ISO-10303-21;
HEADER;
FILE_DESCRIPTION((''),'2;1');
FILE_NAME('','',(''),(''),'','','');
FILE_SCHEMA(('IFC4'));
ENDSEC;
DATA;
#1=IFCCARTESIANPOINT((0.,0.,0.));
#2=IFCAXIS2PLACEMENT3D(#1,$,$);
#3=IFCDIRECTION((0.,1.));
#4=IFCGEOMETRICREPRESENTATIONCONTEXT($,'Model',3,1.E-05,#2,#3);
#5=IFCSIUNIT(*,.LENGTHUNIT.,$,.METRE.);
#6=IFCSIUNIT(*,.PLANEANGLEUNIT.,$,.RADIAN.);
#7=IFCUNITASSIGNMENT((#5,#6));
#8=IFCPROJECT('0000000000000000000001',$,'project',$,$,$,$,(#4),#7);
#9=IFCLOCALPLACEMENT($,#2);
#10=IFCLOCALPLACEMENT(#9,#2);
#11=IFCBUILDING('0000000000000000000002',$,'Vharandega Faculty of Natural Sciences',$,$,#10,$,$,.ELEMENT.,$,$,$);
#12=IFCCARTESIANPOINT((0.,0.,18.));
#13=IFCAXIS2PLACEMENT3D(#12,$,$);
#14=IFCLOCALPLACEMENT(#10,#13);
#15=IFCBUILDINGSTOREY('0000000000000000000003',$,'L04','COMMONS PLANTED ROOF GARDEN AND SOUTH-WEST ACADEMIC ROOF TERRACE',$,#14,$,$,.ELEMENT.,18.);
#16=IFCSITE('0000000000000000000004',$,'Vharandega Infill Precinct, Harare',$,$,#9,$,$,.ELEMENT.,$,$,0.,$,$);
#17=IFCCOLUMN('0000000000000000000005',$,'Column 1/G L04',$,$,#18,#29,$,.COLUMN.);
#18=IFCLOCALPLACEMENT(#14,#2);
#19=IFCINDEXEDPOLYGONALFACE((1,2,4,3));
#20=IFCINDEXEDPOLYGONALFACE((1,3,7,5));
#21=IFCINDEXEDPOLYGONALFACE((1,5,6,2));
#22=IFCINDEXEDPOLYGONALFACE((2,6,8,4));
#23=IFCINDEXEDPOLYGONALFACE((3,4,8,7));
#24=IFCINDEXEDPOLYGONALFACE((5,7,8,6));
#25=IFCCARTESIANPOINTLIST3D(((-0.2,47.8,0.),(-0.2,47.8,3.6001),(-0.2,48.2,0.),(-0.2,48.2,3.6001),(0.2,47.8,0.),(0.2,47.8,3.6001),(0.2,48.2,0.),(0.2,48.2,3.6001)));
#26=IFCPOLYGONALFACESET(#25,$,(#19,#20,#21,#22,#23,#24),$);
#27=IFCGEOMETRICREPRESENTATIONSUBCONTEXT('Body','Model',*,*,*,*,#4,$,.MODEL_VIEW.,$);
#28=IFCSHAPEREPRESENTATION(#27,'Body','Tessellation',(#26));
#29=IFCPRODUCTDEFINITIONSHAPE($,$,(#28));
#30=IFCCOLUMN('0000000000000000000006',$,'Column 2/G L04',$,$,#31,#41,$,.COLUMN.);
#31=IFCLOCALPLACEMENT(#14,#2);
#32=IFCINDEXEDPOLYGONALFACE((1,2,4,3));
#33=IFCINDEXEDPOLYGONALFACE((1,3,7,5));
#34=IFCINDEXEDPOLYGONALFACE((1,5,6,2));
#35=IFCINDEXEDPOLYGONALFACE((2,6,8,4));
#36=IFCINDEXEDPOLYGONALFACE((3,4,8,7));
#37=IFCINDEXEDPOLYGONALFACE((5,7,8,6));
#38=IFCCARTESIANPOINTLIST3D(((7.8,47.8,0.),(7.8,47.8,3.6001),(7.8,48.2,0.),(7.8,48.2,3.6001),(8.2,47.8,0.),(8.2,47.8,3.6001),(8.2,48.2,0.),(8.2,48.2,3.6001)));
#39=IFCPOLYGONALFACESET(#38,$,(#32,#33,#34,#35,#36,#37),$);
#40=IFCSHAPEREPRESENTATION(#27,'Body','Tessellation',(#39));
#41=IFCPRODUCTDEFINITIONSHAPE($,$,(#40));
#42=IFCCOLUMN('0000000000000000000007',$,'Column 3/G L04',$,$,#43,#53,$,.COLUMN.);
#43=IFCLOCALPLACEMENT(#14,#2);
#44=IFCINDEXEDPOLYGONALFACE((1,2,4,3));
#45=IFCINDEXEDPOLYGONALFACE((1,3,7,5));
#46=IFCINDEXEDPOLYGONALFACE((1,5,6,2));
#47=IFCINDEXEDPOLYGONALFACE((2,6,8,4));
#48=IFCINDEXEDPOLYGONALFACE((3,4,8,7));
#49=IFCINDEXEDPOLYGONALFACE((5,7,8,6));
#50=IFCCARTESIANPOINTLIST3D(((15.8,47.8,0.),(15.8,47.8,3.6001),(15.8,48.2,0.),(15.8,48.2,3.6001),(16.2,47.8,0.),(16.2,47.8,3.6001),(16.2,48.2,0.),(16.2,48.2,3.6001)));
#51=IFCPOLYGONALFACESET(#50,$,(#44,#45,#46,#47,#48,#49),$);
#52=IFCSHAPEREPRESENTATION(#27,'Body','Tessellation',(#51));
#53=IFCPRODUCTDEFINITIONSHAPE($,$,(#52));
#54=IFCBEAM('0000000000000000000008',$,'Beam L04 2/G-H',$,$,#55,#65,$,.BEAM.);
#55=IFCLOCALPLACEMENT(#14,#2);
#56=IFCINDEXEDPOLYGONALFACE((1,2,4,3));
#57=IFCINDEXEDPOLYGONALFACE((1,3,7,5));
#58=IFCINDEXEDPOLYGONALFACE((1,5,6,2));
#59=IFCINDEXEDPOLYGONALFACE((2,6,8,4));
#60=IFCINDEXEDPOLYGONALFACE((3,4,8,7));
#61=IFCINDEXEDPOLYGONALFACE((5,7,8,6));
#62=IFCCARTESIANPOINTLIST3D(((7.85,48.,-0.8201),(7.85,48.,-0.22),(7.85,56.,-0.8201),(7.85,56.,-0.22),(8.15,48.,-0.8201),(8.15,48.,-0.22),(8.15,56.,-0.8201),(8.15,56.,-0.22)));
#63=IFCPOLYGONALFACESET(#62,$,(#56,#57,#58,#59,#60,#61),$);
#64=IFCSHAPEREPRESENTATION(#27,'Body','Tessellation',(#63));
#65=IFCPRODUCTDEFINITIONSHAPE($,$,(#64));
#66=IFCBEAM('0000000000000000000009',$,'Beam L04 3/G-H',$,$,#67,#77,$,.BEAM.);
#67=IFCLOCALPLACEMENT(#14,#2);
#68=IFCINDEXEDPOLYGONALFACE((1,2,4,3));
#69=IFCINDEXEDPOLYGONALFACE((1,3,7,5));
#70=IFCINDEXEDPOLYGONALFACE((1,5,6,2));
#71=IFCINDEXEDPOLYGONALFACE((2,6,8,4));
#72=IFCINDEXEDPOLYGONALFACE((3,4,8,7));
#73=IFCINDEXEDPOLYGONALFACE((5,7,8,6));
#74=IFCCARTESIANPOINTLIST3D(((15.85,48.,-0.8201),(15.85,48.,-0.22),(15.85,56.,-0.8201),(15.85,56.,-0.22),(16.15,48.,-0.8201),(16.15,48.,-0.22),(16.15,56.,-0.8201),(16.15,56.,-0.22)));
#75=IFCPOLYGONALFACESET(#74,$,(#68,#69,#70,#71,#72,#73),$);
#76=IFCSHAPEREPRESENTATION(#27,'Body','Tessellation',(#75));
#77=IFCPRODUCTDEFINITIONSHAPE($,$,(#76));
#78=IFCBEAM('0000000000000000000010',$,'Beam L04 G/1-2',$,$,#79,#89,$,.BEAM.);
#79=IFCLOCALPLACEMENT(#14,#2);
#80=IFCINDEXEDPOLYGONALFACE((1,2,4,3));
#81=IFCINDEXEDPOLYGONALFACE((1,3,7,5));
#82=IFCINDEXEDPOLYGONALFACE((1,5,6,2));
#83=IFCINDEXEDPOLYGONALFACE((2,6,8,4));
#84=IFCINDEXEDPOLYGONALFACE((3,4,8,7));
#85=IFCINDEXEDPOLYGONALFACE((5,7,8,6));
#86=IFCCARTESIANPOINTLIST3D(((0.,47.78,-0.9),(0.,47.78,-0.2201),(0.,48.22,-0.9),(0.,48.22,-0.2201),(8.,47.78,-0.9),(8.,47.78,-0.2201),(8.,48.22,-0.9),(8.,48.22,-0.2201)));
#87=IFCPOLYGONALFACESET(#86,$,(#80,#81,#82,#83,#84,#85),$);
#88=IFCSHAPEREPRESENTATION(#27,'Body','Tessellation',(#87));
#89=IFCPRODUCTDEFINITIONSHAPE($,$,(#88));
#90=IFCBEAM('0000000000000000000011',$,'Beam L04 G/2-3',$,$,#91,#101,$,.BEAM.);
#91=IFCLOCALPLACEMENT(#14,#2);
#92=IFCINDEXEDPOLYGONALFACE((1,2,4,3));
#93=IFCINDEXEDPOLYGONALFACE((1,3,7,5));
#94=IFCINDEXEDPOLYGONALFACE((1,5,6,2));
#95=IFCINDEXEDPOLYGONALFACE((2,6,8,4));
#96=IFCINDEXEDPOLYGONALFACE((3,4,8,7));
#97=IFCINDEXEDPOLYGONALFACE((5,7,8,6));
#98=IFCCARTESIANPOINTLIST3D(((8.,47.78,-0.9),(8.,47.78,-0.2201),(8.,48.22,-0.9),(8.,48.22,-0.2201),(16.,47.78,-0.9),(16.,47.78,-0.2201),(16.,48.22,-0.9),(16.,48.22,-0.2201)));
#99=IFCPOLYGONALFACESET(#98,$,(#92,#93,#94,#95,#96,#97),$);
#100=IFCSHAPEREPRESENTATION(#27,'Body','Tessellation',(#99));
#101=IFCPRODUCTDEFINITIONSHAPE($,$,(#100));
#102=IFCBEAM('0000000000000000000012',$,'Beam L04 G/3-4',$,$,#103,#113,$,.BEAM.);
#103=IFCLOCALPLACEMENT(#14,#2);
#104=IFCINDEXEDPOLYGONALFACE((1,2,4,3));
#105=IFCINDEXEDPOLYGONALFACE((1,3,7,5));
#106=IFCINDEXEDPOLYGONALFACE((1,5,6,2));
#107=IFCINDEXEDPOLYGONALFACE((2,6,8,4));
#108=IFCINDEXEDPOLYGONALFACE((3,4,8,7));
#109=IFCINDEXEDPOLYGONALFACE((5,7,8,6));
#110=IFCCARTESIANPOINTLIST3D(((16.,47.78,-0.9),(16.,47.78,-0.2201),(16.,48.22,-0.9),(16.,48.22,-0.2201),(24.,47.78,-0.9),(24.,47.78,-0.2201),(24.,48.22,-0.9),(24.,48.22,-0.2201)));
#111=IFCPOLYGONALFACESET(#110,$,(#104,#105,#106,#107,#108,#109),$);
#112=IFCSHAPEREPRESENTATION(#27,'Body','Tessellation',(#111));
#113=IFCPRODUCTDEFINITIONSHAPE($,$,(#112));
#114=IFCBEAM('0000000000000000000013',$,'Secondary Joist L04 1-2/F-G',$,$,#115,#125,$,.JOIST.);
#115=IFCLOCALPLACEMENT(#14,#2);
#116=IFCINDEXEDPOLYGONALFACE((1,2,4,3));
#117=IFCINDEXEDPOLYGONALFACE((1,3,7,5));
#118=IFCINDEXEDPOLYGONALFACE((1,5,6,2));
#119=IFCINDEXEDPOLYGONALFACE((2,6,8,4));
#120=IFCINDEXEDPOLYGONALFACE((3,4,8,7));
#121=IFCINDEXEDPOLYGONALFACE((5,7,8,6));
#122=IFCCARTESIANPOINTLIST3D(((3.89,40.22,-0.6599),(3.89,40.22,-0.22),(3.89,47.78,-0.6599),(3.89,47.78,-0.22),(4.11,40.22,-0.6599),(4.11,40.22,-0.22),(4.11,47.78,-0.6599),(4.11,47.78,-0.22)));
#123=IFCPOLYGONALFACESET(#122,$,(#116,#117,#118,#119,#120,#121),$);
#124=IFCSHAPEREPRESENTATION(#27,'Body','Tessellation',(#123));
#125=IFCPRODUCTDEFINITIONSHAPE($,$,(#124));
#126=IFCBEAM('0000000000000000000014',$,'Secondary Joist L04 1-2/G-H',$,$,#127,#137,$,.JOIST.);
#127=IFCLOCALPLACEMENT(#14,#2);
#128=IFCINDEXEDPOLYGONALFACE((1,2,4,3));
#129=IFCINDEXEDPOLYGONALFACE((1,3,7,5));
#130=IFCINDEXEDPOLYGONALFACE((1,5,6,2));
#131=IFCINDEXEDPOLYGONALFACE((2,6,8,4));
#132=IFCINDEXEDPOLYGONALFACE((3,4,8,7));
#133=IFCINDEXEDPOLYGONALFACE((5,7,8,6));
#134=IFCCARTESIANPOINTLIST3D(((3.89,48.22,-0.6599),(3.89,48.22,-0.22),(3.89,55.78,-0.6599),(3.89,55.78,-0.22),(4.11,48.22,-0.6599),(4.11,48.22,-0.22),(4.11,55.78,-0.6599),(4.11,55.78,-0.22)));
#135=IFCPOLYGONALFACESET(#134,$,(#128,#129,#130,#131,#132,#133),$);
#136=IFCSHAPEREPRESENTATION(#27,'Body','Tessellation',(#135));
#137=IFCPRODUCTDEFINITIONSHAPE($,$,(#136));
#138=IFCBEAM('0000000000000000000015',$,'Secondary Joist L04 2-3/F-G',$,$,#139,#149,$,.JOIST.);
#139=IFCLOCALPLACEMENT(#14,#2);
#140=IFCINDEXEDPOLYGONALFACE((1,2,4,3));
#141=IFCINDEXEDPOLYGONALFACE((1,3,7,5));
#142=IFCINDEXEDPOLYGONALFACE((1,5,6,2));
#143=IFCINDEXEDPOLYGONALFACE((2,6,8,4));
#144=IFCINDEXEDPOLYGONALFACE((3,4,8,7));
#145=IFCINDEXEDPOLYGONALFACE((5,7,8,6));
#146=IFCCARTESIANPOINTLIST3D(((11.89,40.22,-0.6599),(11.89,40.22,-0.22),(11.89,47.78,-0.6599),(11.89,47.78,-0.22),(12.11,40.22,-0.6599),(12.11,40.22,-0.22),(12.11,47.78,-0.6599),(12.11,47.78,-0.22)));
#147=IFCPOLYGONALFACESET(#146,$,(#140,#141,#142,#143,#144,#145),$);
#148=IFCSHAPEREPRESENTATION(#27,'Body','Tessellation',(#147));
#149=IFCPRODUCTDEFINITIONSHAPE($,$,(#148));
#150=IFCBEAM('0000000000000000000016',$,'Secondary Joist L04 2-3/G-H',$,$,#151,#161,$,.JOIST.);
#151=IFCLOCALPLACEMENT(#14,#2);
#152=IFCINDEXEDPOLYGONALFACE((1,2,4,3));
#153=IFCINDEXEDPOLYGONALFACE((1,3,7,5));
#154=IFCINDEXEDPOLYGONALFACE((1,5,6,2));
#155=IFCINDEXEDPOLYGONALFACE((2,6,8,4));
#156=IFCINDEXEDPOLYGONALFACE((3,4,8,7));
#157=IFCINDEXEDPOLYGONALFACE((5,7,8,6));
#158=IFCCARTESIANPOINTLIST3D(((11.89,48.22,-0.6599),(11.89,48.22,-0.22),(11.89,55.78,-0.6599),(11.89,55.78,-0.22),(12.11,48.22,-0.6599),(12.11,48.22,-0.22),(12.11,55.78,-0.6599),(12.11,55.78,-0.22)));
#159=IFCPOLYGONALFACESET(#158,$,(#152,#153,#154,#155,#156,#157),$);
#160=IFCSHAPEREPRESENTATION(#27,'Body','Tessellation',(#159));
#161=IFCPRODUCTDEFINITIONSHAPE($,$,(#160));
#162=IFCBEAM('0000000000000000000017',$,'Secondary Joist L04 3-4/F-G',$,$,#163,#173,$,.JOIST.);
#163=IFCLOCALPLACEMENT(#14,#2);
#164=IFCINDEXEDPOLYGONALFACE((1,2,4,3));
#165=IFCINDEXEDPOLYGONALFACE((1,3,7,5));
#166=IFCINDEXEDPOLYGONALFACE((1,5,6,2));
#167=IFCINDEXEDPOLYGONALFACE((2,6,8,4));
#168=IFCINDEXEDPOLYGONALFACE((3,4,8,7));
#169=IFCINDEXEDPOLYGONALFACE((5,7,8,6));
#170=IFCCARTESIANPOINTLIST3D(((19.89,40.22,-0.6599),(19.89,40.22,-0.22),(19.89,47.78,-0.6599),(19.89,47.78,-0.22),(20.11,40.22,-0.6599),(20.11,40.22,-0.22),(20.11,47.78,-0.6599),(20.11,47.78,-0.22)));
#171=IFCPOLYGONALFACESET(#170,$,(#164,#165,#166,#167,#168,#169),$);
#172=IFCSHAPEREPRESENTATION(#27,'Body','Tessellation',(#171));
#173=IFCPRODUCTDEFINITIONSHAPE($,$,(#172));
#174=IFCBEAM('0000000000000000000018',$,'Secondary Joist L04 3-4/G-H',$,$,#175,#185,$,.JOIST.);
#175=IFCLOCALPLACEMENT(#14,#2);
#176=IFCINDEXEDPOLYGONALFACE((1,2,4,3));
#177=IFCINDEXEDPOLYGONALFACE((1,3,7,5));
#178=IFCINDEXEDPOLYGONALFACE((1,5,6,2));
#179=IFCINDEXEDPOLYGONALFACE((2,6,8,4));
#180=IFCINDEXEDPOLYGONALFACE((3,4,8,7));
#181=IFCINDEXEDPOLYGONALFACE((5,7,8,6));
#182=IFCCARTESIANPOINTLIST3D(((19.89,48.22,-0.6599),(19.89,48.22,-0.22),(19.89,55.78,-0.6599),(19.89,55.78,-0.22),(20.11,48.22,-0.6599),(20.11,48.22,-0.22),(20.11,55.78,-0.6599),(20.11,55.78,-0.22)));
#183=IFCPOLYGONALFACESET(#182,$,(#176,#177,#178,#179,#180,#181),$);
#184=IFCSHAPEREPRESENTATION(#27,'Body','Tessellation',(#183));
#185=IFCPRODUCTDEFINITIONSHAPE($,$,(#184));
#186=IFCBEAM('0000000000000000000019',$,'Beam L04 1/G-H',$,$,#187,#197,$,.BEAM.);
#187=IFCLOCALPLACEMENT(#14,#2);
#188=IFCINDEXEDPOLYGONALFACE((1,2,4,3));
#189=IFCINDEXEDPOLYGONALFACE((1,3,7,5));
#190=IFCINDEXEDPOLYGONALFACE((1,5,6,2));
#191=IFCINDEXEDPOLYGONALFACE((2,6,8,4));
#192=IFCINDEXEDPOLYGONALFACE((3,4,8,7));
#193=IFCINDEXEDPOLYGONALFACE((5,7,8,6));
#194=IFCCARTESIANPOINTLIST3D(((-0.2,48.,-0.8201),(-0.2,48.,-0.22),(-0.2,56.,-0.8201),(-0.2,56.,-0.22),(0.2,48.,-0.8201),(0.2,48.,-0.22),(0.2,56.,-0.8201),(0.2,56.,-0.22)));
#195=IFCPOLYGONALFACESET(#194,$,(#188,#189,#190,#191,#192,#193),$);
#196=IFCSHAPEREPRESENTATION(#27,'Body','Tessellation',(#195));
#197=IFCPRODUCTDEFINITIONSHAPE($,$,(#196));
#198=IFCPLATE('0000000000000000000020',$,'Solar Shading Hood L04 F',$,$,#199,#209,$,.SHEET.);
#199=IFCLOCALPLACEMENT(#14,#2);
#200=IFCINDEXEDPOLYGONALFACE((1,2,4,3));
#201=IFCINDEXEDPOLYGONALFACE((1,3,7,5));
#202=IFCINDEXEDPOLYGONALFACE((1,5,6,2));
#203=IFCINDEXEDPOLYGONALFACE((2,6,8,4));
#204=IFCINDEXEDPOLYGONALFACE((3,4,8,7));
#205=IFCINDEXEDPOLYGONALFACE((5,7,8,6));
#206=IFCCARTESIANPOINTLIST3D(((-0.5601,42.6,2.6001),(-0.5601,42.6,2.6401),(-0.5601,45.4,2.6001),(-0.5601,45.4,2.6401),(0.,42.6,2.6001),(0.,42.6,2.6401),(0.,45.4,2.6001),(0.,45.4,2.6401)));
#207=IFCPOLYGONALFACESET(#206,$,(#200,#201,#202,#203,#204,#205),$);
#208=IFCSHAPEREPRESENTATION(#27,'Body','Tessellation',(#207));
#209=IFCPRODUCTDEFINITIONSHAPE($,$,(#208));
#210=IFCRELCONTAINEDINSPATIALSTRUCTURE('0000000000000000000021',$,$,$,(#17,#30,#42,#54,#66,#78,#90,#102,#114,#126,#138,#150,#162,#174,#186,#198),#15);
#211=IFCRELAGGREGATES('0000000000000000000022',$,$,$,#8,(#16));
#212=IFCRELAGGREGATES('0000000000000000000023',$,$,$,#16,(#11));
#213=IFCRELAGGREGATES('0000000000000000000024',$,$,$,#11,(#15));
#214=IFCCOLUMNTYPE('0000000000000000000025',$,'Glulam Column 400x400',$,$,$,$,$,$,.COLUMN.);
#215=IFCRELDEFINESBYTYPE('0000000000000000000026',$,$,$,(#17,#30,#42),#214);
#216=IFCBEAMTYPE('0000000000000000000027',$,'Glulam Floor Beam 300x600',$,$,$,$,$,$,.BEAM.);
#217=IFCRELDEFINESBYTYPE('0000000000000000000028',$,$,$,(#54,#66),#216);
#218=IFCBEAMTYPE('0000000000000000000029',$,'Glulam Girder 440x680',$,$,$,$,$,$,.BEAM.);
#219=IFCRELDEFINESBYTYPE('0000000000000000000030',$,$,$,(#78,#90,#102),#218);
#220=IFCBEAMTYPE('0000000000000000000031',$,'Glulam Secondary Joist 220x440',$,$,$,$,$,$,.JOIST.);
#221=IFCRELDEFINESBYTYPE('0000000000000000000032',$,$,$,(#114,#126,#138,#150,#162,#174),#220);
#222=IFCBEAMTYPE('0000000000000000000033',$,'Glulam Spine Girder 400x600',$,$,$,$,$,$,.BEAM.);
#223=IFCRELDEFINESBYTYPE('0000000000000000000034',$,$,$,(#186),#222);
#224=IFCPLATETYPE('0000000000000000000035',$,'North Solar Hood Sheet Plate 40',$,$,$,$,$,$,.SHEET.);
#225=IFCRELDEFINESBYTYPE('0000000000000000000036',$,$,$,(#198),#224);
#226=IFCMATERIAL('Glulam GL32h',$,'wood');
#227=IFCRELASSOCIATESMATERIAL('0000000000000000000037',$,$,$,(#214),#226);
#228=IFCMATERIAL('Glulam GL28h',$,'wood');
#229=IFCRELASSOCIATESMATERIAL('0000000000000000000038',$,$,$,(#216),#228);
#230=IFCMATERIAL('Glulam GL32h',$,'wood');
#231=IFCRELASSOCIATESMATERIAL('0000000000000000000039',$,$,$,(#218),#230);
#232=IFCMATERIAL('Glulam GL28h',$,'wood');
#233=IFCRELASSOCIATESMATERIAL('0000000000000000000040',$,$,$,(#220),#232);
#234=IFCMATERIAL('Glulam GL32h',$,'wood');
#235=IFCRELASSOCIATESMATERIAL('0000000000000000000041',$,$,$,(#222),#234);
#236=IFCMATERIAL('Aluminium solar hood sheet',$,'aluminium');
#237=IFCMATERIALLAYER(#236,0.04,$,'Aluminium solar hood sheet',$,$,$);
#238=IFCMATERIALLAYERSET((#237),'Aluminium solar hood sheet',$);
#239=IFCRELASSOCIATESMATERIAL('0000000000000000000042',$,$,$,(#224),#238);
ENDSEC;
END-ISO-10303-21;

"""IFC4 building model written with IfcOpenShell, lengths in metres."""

from ifc_helpers import new_model, si_unit, direction, frame, origin, origin_2d, place, context, subcontext, project, spatial, rectangle, extrude, material, layer, layer_set, material_profile, profile_set, type_object, element, save


model = new_model("IFC4")

# Units and contexts
model_context = context("Model", 3, precision=1e-05, world=origin(), true_north=direction((0.0, 1.0)))
body_context = subcontext(model_context, "Body", "Model", "MODEL_VIEW")
ifc_project = project(units=[si_unit("LENGTHUNIT", "METRE"), si_unit("PLANEANGLEUNIT", "RADIAN")], contexts=[model_context])

# Site, building, storey
site_placement = place(None, origin())
site = spatial("IfcSite", under=ifc_project, at=site_placement, Name="Vharandega Infill Precinct, Harare", CompositionType="ELEMENT", RefElevation=0.0)
building_placement = place(site_placement, origin())
building = spatial("IfcBuilding", under=site, at=building_placement, Name="Vharandega Faculty of Natural Sciences", CompositionType="ELEMENT")
storey_placement = place(building_placement, frame((0.0, 0.0, 18.0)))
storey = spatial("IfcBuildingStorey", under=building, at=storey_placement, Name="L04", Description="COMMONS PLANTED ROOF GARDEN AND SOUTH-WEST ACADEMIC ROOF TERRACE", CompositionType="ELEMENT", Elevation=18.0)

# Columns
ifc_material_1 = material(Name="Glulam GL32h", Category="wood")
ifc_material_profile_1 = material_profile(ifc_material_1, rectangle(XDim=0.3999, YDim=0.3999, at=origin_2d()), Name="GL32h 400x400")
ifc_profile_set_1 = profile_set([ifc_material_profile_1], Name="Glulam GL32h")
column_type = type_object("IfcColumnType", Name="Glulam Column 400x400", PredefinedType="COLUMN", material=ifc_profile_set_1)
for number, where, z_axis, x_axis, name in (
    (1, (0.0, 48.0, 0.0), (0.0, 0.0, 1.0), (1.0, 0.0, 0.0), "Column 1/G L04"),
    (2, (8.0, 48.0, 0.0), (0.0, 0.0, 1.0), (1.0, 0.0, 0.0), "Column 2/G L04"),
    (3, (16.0, 48.0, 0.0), (0.0, 0.0, 1.0), (1.0, 0.0, 0.0), "Column 3/G L04"),
):
    element("IfcColumn", number, at=place(storey_placement, frame(where, z_axis=z_axis, x_axis=x_axis)), inside=storey, type_object=column_type, Name=name, PredefinedType="COLUMN", context=body_context, shape_type="SweptSolid", body=[
        extrude(rectangle(XDim=0.3999, YDim=0.3999, at=origin_2d()), origin(), (0.0, 0.0, 1.0), 3.6001),
    ])

# Beams
ifc_material_2 = material(Name="Glulam GL28h", Category="wood")
ifc_material_profile_2 = material_profile(ifc_material_2, rectangle(XDim=0.3, YDim=0.6001, at=origin_2d()), Name="GL28h 300x600")
ifc_profile_set_2 = profile_set([ifc_material_profile_2], Name="Glulam GL28h")
beam_type_1 = type_object("IfcBeamType", Name="Glulam Floor Beam 300x600", PredefinedType="BEAM", material=ifc_profile_set_2)
for number, where, z_axis, x_axis, name in (
    (4, (8.0, 48.0, -0.52), (0.0, 1.0, 0.0), (-1.0, 0.0, 0.0), "Beam L04 2/G-H"),
    (5, (16.0, 48.0, -0.52), (0.0, 1.0, 0.0), (-1.0, 0.0, 0.0), "Beam L04 3/G-H"),
):
    element("IfcBeam", number, at=place(storey_placement, frame(where, z_axis=z_axis, x_axis=x_axis)), inside=storey, type_object=beam_type_1, Name=name, PredefinedType="BEAM", context=body_context, shape_type="SweptSolid", body=[
        extrude(rectangle(XDim=0.3, YDim=0.6001, at=origin_2d()), origin(), (0.0, 0.0, 1.0), 8.0),
    ])
ifc_material_3 = material(Name="Glulam GL32h", Category="wood")
ifc_material_profile_3 = material_profile(ifc_material_3, rectangle(XDim=0.4399, YDim=0.6799, at=origin_2d()), Name="GL32h 440x680")
ifc_profile_set_3 = profile_set([ifc_material_profile_3], Name="Glulam GL32h")
beam_type_2 = type_object("IfcBeamType", Name="Glulam Girder 440x680", PredefinedType="BEAM", material=ifc_profile_set_3)
for number, where, z_axis, x_axis, name in (
    (6, (0.0, 48.0, -0.5601), (1.0, 0.0, 0.0), (0.0, 1.0, 0.0), "Beam L04 G/1-2"),
    (7, (8.0, 48.0, -0.5601), (1.0, 0.0, 0.0), (0.0, 1.0, 0.0), "Beam L04 G/2-3"),
    (8, (16.0, 48.0, -0.5601), (1.0, 0.0, 0.0), (0.0, 1.0, 0.0), "Beam L04 G/3-4"),
):
    element("IfcBeam", number, at=place(storey_placement, frame(where, z_axis=z_axis, x_axis=x_axis)), inside=storey, type_object=beam_type_2, Name=name, PredefinedType="BEAM", context=body_context, shape_type="SweptSolid", body=[
        extrude(rectangle(XDim=0.4399, YDim=0.6799, at=origin_2d()), origin(), (0.0, 0.0, 1.0), 8.0),
    ])
ifc_material_4 = material(Name="Glulam GL28h", Category="wood")
ifc_material_profile_4 = material_profile(ifc_material_4, rectangle(XDim=0.22, YDim=0.4399, at=origin_2d()), Name="GL28h 220x440")
ifc_profile_set_4 = profile_set([ifc_material_profile_4], Name="Glulam GL28h")
beam_type_3 = type_object("IfcBeamType", Name="Glulam Secondary Joist 220x440", PredefinedType="JOIST", material=ifc_profile_set_4)
for number, where, z_axis, x_axis, name in (
    (9, (4.0, 40.22, -0.4399), (0.0, 1.0, 0.0), (-1.0, 0.0, 0.0), "Secondary Joist L04 1-2/F-G"),
    (10, (4.0, 48.22, -0.4399), (0.0, 1.0, 0.0), (-1.0, 0.0, 0.0), "Secondary Joist L04 1-2/G-H"),
    (11, (12.0, 40.22, -0.4399), (0.0, 1.0, 0.0), (-1.0, 0.0, 0.0), "Secondary Joist L04 2-3/F-G"),
    (12, (12.0, 48.22, -0.4399), (0.0, 1.0, 0.0), (-1.0, 0.0, 0.0), "Secondary Joist L04 2-3/G-H"),
    (13, (20.0, 40.22, -0.4399), (0.0, 1.0, 0.0), (-1.0, 0.0, 0.0), "Secondary Joist L04 3-4/F-G"),
    (14, (20.0, 48.22, -0.4399), (0.0, 1.0, 0.0), (-1.0, 0.0, 0.0), "Secondary Joist L04 3-4/G-H"),
):
    element("IfcBeam", number, at=place(storey_placement, frame(where, z_axis=z_axis, x_axis=x_axis)), inside=storey, type_object=beam_type_3, Name=name, PredefinedType="JOIST", context=body_context, shape_type="SweptSolid", body=[
        extrude(rectangle(XDim=0.22, YDim=0.4399, at=origin_2d()), origin(), (0.0, 0.0, 1.0), 7.5601),
    ])
ifc_material_5 = material(Name="Glulam GL32h", Category="wood")
ifc_material_profile_5 = material_profile(ifc_material_5, rectangle(XDim=0.3999, YDim=0.6001, at=origin_2d()), Name="GL32h 400x600")
ifc_profile_set_5 = profile_set([ifc_material_profile_5], Name="Glulam GL32h")
beam_type_4 = type_object("IfcBeamType", Name="Glulam Spine Girder 400x600", PredefinedType="BEAM", material=ifc_profile_set_5)
beam_placement = place(storey_placement, frame((0.0, 48.0, -0.52), z_axis=(0.0, 1.0, 0.0), x_axis=(-1.0, 0.0, 0.0)))
element("IfcBeam", 15, at=beam_placement, inside=storey, type_object=beam_type_4, Name="Beam L04 1/G-H", PredefinedType="BEAM", context=body_context, shape_type="SweptSolid", body=[
    extrude(rectangle(XDim=0.3999, YDim=0.6001, at=origin_2d()), origin(), (0.0, 0.0, 1.0), 8.0),
])

# Plate
ifc_material_6 = material(Name="Aluminium solar hood sheet", Category="aluminium")
ifc_layer_1 = layer(ifc_material_6, 0.04, Name="Aluminium solar hood sheet")
ifc_layer_set_1 = layer_set([ifc_layer_1], Name="Aluminium solar hood sheet")
plate_type = type_object("IfcPlateType", Name="North Solar Hood Sheet Plate 40", PredefinedType="SHEET", material=ifc_layer_set_1)
for number, where, z_axis, x_axis, name in (
    (16, (-0.28, 44.0, 2.6001), (0.0, 0.0, 1.0), (1.0, 0.0, 0.0), "Solar Shading Hood L04 F"),
):
    element("IfcPlate", number, at=place(storey_placement, frame(where, z_axis=z_axis, x_axis=x_axis)), inside=storey, type_object=plate_type, Name=name, PredefinedType="SHEET", context=body_context, shape_type="SweptSolid", body=[
        extrude(rectangle(XDim=0.5601, YDim=2.8, at=origin_2d()), origin(), (0.0, 0.0, 1.0), 0.04),
    ])

save(model, "model.ifc")
